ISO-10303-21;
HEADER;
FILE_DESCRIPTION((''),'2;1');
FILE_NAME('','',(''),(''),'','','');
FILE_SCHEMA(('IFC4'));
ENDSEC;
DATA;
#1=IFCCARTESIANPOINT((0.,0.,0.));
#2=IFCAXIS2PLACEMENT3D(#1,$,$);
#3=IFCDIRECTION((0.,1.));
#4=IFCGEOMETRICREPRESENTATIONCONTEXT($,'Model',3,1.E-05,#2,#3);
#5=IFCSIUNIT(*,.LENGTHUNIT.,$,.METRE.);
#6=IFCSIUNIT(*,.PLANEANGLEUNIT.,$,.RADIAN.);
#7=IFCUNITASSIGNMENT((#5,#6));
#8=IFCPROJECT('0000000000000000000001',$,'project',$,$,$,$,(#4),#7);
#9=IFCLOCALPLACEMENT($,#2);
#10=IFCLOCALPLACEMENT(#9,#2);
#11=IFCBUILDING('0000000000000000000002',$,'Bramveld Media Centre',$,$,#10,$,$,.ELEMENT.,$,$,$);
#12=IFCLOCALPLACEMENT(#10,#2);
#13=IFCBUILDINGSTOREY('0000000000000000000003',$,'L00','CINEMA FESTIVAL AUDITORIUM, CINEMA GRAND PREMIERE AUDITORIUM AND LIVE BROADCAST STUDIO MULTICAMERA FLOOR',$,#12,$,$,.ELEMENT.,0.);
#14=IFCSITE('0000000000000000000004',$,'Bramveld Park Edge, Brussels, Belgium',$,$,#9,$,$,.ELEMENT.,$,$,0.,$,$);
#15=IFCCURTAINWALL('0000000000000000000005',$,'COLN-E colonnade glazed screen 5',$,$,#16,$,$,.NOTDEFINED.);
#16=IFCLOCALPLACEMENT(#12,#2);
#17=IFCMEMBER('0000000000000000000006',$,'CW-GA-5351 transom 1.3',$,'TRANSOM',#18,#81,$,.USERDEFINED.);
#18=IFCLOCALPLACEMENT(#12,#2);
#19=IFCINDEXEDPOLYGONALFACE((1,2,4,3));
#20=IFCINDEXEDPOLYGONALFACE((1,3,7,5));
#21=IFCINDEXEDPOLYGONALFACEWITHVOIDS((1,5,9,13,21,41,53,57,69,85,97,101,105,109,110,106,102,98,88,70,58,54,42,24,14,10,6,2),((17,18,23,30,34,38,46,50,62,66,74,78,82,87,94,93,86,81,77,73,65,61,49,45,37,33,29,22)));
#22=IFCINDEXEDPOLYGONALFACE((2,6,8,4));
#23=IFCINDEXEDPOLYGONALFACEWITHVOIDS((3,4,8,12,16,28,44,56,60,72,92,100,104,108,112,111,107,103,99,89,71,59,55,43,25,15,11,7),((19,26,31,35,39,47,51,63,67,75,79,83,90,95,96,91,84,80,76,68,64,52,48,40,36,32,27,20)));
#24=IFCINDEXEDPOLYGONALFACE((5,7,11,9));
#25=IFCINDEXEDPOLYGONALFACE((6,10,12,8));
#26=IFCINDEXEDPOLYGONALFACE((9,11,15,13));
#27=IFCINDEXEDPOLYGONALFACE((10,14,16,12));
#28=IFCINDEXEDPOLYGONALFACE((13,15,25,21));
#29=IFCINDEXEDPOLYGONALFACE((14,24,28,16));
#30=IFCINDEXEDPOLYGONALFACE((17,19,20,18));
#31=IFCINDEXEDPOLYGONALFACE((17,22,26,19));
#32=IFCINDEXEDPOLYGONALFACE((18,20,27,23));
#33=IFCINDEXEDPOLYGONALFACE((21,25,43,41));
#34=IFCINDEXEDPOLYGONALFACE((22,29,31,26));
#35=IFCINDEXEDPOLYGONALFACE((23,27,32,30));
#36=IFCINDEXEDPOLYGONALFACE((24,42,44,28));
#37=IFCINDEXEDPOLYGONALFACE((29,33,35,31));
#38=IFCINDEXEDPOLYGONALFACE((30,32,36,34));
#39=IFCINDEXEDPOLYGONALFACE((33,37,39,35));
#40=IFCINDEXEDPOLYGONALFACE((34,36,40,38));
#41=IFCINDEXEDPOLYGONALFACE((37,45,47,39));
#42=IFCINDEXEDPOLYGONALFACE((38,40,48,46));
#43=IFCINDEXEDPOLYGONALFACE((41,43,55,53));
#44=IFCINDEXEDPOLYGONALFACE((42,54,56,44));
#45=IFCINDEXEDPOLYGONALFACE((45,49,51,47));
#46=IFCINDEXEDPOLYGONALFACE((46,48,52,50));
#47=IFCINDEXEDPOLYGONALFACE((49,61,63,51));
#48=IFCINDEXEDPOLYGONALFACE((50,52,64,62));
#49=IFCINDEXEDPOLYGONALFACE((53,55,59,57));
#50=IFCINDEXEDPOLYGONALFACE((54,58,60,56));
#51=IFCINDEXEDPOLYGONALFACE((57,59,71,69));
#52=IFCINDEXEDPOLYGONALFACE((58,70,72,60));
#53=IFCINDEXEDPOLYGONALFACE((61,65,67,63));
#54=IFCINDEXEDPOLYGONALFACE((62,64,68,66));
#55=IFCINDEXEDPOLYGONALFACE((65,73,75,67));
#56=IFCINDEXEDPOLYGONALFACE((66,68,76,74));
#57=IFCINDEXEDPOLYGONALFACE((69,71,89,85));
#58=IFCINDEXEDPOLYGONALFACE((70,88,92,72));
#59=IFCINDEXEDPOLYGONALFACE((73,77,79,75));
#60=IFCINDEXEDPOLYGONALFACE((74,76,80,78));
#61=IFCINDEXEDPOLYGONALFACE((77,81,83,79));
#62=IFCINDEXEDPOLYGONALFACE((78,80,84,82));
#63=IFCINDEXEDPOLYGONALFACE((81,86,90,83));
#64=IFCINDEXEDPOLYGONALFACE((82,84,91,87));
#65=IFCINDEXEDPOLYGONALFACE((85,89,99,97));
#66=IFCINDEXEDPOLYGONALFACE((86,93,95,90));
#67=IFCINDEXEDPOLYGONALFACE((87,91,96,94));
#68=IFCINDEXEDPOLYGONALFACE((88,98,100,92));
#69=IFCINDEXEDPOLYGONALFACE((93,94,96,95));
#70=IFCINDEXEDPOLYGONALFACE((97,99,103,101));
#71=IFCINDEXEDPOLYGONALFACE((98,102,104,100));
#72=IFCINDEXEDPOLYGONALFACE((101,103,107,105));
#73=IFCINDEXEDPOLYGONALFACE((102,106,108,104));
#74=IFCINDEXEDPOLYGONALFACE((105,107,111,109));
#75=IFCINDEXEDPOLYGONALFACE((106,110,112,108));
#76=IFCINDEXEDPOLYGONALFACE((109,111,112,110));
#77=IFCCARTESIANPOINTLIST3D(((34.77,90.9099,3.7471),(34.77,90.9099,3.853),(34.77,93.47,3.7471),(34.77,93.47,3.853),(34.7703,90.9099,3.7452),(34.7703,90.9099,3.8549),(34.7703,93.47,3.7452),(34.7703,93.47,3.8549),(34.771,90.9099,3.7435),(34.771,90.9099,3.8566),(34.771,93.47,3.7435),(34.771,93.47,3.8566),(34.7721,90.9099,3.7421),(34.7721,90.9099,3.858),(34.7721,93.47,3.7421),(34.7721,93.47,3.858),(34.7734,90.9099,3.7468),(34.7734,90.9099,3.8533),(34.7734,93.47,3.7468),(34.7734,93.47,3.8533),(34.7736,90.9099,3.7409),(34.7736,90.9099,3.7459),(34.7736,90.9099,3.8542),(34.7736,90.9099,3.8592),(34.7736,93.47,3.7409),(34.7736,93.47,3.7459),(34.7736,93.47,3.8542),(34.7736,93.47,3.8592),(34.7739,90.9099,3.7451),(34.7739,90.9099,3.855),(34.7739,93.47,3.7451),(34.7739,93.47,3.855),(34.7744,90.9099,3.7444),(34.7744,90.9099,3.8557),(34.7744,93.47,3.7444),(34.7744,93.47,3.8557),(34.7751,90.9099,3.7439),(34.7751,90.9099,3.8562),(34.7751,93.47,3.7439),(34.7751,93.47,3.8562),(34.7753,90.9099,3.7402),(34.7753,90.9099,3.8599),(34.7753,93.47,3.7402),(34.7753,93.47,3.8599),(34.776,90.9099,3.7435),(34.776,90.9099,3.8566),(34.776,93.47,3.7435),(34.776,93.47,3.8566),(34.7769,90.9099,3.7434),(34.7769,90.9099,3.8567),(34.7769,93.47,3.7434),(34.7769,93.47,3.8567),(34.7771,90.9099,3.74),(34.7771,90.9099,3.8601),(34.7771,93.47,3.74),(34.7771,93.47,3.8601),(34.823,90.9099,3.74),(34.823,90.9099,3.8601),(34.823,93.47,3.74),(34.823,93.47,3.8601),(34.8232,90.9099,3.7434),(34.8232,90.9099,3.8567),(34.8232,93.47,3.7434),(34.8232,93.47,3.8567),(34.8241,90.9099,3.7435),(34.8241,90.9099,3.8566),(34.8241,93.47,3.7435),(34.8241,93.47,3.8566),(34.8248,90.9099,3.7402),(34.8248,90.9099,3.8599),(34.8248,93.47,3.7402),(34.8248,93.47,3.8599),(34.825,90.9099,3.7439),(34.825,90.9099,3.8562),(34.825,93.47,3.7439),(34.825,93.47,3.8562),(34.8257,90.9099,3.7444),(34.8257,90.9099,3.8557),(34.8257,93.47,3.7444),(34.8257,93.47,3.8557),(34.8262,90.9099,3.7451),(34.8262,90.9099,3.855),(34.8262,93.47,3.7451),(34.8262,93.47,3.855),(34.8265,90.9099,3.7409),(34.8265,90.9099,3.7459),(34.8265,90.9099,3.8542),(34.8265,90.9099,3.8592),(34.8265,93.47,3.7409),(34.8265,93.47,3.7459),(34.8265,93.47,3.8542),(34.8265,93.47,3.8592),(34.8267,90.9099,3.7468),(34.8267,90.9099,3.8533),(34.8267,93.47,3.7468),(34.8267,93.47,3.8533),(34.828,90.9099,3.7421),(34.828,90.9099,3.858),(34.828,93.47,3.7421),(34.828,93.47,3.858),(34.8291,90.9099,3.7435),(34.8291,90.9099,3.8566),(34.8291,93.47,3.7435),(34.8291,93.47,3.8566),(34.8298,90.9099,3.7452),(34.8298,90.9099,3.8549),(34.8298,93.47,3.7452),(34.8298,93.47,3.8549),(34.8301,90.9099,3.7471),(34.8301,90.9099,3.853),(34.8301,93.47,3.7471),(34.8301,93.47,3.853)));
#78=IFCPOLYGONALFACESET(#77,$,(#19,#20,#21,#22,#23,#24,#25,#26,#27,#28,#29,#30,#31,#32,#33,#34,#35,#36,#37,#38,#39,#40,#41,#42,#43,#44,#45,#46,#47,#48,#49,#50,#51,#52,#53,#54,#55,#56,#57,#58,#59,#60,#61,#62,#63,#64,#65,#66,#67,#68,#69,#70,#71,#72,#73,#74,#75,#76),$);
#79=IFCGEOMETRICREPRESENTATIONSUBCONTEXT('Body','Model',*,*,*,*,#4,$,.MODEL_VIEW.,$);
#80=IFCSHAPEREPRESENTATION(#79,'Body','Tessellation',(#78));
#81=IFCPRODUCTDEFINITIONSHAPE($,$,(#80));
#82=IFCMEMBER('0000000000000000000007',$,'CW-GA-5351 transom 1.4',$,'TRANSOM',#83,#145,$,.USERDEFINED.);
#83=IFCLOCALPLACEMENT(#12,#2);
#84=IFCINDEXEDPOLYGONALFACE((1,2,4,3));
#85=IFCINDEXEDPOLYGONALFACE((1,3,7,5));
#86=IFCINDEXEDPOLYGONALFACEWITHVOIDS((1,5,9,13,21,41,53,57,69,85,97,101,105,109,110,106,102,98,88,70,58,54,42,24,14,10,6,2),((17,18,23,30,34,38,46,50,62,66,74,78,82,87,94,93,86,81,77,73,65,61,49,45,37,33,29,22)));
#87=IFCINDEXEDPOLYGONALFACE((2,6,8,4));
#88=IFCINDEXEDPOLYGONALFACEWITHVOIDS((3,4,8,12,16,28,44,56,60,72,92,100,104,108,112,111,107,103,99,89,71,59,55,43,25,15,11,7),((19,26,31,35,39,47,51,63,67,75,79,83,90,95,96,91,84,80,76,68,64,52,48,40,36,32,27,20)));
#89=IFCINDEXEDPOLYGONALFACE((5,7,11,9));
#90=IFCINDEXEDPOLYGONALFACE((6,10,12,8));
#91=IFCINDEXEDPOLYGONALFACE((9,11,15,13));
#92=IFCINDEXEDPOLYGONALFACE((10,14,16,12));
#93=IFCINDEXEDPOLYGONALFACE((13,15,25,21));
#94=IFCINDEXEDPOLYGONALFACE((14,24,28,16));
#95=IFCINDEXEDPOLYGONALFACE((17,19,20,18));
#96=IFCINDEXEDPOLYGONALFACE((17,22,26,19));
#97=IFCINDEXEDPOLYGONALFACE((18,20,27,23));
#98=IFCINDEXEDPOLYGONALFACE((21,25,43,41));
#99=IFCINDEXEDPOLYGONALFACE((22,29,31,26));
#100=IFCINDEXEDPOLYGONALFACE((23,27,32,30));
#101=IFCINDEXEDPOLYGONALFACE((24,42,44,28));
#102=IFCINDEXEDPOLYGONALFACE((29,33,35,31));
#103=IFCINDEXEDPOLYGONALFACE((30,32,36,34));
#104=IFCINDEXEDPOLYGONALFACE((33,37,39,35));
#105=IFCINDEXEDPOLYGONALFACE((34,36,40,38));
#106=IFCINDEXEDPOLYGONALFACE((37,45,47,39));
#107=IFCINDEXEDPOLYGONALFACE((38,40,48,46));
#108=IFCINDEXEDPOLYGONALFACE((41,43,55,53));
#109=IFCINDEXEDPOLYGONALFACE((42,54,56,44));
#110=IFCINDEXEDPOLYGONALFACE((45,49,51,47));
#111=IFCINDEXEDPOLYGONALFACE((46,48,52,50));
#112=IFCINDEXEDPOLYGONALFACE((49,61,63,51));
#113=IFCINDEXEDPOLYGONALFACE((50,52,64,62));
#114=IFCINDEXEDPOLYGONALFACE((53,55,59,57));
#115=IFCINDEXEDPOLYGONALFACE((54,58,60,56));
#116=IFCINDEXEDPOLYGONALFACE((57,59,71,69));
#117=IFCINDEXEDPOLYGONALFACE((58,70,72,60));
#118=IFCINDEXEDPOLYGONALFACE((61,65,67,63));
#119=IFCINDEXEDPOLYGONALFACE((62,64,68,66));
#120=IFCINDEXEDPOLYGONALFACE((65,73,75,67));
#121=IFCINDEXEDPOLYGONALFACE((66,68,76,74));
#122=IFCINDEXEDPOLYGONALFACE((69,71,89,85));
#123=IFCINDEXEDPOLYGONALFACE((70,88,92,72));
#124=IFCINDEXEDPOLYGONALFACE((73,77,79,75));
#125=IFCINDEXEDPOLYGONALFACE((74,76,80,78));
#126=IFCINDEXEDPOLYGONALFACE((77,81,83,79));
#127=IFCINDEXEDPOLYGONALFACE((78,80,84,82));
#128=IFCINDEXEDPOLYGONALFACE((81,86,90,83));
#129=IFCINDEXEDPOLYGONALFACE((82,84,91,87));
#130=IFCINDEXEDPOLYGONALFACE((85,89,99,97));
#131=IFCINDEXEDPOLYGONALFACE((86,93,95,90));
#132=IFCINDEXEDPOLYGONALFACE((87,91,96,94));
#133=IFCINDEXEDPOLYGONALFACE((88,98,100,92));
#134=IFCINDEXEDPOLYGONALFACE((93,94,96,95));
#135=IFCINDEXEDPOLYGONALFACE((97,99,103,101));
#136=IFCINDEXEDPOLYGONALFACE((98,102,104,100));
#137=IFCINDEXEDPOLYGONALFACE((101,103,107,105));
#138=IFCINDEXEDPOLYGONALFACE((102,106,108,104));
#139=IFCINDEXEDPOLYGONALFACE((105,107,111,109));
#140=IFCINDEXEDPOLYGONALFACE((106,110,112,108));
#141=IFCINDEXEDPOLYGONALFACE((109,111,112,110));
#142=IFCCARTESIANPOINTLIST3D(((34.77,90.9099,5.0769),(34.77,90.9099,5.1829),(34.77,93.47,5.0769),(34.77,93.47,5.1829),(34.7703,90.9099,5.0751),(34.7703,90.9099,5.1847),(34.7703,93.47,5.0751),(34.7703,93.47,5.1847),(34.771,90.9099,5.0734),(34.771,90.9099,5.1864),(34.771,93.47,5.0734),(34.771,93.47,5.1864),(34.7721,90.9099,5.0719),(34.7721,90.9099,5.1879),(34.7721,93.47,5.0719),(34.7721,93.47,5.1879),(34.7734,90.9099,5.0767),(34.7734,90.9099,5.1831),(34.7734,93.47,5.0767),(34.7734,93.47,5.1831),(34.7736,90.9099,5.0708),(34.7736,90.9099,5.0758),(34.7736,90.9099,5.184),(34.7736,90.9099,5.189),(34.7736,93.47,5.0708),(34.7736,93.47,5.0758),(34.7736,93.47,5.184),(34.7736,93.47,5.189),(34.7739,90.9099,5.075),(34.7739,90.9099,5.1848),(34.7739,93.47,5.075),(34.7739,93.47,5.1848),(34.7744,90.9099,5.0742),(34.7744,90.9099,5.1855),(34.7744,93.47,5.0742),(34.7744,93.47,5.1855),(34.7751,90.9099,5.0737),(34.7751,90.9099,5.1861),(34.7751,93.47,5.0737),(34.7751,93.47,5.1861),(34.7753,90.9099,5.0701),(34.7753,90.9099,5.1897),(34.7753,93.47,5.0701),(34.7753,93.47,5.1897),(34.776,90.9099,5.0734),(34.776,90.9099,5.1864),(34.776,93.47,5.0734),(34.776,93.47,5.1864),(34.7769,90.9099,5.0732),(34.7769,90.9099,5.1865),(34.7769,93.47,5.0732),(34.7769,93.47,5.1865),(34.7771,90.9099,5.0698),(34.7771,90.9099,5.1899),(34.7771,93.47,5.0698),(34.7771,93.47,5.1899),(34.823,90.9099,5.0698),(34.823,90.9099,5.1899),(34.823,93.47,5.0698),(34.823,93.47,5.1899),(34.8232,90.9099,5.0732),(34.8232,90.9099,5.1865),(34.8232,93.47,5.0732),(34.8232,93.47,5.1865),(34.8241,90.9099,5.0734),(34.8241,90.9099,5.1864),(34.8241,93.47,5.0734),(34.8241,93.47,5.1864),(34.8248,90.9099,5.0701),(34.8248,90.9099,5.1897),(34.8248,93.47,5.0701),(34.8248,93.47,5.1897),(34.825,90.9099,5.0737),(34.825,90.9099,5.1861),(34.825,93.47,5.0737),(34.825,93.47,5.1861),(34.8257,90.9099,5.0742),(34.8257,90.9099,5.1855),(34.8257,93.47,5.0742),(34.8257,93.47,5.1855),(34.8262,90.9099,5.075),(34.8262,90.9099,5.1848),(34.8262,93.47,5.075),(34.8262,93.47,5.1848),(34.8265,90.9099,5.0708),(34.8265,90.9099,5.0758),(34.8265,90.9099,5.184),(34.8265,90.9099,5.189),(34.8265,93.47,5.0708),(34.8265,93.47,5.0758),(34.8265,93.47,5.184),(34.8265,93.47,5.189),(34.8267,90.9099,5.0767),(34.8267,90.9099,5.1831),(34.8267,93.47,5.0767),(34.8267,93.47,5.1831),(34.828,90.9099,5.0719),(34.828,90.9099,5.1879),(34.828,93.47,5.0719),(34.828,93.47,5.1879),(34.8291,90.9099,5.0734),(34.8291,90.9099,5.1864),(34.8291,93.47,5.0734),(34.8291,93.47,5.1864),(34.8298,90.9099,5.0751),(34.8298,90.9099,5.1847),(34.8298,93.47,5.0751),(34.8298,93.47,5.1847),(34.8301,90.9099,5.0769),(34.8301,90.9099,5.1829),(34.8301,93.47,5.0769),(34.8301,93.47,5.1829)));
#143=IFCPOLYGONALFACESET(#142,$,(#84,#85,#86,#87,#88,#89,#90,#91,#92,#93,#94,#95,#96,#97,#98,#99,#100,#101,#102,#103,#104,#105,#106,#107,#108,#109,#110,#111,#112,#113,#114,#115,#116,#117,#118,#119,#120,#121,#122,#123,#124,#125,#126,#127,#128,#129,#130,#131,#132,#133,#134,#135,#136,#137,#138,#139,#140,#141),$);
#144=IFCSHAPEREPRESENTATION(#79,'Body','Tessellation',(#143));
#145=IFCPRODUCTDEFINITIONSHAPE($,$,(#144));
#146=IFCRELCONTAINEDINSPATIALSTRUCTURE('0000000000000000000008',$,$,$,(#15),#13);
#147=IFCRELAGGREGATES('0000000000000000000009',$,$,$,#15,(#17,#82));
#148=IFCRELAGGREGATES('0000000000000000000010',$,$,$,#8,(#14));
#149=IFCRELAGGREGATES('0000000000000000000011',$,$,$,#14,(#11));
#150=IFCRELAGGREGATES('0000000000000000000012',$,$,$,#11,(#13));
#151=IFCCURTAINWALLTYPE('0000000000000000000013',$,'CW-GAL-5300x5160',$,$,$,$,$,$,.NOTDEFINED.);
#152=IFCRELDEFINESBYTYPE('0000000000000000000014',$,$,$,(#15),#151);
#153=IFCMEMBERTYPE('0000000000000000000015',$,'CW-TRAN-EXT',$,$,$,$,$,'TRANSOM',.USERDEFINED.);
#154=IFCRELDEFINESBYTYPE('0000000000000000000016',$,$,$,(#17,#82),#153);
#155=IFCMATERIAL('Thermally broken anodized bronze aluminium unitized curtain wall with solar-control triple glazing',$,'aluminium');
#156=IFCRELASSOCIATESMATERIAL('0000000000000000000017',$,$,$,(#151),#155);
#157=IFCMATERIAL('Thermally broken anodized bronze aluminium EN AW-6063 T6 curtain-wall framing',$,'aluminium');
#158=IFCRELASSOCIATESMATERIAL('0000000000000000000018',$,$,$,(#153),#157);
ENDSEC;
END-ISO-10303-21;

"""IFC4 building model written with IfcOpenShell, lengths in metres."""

from ifc_helpers import new_model, si_unit, direction, frame, origin, origin_2d, place, context, subcontext, project, spatial, hollow_rectangle, extrude, material, material_profile, profile_set, type_object, element, aggregate, save


model = new_model("IFC4")

# Units and contexts
model_context = context("Model", 3, precision=1e-05, world=origin(), true_north=direction((0.0, 1.0)))
body_context = subcontext(model_context, "Body", "Model", "MODEL_VIEW")
ifc_project = project(units=[si_unit("LENGTHUNIT", "METRE"), si_unit("PLANEANGLEUNIT", "RADIAN")], contexts=[model_context])

# Site, building, storey
site_placement = place(None, origin())
site = spatial("IfcSite", under=ifc_project, at=site_placement, Name="Bramveld Park Edge, Brussels, Belgium", CompositionType="ELEMENT", RefElevation=0.0)
building_placement = place(site_placement, origin())
building = spatial("IfcBuilding", under=site, at=building_placement, Name="Bramveld Media Centre", CompositionType="ELEMENT")
storey_placement = place(building_placement, origin())
storey = spatial("IfcBuildingStorey", under=building, at=storey_placement, Name="L00", Description="CINEMA FESTIVAL AUDITORIUM, CINEMA GRAND PREMIERE AUDITORIUM AND LIVE BROADCAST STUDIO MULTICAMERA FLOOR", CompositionType="ELEMENT", Elevation=0.0)

# Curtain wall
ifc_material_1 = material(Name="Thermally broken anodized bronze aluminium unitized curtain wall with solar-control triple glazing", Category="aluminium")
curtain_wall_type_1 = type_object("IfcCurtainWallType", Name="CW-GAL-5300x5160", PredefinedType="NOTDEFINED", material=ifc_material_1)
curtain_wall_1_placement = place(storey_placement, origin())
curtain_wall_1 = element("IfcCurtainWall", 1, at=curtain_wall_1_placement, inside=storey, type_object=curtain_wall_type_1, Name="COLN-E colonnade glazed screen 5", PredefinedType="NOTDEFINED")

# Members
ifc_material_2 = material(Name="Thermally broken anodized bronze aluminium EN AW-6063 T6 curtain-wall framing", Category="aluminium")
ifc_material_profile_1 = material_profile(ifc_material_2, hollow_rectangle(XDim=0.0601, YDim=0.1201, WallThickness=0.0034, InnerFilletRadius=0.0034, OuterFilletRadius=0.0071, at=origin_2d()), Name="AL-TRAN 60x120")
ifc_profile_set_1 = profile_set([ifc_material_profile_1], Name="Thermally broken anodized bronze aluminium EN AW-6063 T6 curtain-wall framing")
member_type_1 = type_object("IfcMemberType", Name="CW-TRAN-EXT", ElementType="TRANSOM", PredefinedType="USERDEFINED", material=ifc_profile_set_1)
member_1_placement = place(storey_placement, frame((34.8, 90.9099, 3.8), z_axis=(0.0, 1.0, 0.0), x_axis=(-1.0, 0.0, 0.0)))
member_1 = element("IfcMember", 2, at=member_1_placement, type_object=member_type_1, Name="CW-GA-5351 transom 1.3", ObjectType="TRANSOM", PredefinedType="USERDEFINED", context=body_context, shape_type="SweptSolid", body=[
    extrude(hollow_rectangle(XDim=0.0601, YDim=0.1201, WallThickness=0.0034, InnerFilletRadius=0.0034, OuterFilletRadius=0.0071, at=origin_2d()), origin(), (0.0, 0.0, 1.0), 2.5601),
])
member_2_placement = place(storey_placement, frame((34.8, 90.9099, 5.1299), z_axis=(0.0, 1.0, 0.0), x_axis=(-1.0, 0.0, 0.0)))
member_2 = element("IfcMember", 3, at=member_2_placement, type_object=member_type_1, Name="CW-GA-5351 transom 1.4", ObjectType="TRANSOM", PredefinedType="USERDEFINED", context=body_context, shape_type="SweptSolid", body=[
    extrude(hollow_rectangle(XDim=0.0601, YDim=0.1201, WallThickness=0.0034, InnerFilletRadius=0.0034, OuterFilletRadius=0.0071, at=origin_2d()), origin(), (0.0, 0.0, 1.0), 2.5601),
])

aggregate(curtain_wall_1, [member_1, member_2])

save(model, "model.ifc")
